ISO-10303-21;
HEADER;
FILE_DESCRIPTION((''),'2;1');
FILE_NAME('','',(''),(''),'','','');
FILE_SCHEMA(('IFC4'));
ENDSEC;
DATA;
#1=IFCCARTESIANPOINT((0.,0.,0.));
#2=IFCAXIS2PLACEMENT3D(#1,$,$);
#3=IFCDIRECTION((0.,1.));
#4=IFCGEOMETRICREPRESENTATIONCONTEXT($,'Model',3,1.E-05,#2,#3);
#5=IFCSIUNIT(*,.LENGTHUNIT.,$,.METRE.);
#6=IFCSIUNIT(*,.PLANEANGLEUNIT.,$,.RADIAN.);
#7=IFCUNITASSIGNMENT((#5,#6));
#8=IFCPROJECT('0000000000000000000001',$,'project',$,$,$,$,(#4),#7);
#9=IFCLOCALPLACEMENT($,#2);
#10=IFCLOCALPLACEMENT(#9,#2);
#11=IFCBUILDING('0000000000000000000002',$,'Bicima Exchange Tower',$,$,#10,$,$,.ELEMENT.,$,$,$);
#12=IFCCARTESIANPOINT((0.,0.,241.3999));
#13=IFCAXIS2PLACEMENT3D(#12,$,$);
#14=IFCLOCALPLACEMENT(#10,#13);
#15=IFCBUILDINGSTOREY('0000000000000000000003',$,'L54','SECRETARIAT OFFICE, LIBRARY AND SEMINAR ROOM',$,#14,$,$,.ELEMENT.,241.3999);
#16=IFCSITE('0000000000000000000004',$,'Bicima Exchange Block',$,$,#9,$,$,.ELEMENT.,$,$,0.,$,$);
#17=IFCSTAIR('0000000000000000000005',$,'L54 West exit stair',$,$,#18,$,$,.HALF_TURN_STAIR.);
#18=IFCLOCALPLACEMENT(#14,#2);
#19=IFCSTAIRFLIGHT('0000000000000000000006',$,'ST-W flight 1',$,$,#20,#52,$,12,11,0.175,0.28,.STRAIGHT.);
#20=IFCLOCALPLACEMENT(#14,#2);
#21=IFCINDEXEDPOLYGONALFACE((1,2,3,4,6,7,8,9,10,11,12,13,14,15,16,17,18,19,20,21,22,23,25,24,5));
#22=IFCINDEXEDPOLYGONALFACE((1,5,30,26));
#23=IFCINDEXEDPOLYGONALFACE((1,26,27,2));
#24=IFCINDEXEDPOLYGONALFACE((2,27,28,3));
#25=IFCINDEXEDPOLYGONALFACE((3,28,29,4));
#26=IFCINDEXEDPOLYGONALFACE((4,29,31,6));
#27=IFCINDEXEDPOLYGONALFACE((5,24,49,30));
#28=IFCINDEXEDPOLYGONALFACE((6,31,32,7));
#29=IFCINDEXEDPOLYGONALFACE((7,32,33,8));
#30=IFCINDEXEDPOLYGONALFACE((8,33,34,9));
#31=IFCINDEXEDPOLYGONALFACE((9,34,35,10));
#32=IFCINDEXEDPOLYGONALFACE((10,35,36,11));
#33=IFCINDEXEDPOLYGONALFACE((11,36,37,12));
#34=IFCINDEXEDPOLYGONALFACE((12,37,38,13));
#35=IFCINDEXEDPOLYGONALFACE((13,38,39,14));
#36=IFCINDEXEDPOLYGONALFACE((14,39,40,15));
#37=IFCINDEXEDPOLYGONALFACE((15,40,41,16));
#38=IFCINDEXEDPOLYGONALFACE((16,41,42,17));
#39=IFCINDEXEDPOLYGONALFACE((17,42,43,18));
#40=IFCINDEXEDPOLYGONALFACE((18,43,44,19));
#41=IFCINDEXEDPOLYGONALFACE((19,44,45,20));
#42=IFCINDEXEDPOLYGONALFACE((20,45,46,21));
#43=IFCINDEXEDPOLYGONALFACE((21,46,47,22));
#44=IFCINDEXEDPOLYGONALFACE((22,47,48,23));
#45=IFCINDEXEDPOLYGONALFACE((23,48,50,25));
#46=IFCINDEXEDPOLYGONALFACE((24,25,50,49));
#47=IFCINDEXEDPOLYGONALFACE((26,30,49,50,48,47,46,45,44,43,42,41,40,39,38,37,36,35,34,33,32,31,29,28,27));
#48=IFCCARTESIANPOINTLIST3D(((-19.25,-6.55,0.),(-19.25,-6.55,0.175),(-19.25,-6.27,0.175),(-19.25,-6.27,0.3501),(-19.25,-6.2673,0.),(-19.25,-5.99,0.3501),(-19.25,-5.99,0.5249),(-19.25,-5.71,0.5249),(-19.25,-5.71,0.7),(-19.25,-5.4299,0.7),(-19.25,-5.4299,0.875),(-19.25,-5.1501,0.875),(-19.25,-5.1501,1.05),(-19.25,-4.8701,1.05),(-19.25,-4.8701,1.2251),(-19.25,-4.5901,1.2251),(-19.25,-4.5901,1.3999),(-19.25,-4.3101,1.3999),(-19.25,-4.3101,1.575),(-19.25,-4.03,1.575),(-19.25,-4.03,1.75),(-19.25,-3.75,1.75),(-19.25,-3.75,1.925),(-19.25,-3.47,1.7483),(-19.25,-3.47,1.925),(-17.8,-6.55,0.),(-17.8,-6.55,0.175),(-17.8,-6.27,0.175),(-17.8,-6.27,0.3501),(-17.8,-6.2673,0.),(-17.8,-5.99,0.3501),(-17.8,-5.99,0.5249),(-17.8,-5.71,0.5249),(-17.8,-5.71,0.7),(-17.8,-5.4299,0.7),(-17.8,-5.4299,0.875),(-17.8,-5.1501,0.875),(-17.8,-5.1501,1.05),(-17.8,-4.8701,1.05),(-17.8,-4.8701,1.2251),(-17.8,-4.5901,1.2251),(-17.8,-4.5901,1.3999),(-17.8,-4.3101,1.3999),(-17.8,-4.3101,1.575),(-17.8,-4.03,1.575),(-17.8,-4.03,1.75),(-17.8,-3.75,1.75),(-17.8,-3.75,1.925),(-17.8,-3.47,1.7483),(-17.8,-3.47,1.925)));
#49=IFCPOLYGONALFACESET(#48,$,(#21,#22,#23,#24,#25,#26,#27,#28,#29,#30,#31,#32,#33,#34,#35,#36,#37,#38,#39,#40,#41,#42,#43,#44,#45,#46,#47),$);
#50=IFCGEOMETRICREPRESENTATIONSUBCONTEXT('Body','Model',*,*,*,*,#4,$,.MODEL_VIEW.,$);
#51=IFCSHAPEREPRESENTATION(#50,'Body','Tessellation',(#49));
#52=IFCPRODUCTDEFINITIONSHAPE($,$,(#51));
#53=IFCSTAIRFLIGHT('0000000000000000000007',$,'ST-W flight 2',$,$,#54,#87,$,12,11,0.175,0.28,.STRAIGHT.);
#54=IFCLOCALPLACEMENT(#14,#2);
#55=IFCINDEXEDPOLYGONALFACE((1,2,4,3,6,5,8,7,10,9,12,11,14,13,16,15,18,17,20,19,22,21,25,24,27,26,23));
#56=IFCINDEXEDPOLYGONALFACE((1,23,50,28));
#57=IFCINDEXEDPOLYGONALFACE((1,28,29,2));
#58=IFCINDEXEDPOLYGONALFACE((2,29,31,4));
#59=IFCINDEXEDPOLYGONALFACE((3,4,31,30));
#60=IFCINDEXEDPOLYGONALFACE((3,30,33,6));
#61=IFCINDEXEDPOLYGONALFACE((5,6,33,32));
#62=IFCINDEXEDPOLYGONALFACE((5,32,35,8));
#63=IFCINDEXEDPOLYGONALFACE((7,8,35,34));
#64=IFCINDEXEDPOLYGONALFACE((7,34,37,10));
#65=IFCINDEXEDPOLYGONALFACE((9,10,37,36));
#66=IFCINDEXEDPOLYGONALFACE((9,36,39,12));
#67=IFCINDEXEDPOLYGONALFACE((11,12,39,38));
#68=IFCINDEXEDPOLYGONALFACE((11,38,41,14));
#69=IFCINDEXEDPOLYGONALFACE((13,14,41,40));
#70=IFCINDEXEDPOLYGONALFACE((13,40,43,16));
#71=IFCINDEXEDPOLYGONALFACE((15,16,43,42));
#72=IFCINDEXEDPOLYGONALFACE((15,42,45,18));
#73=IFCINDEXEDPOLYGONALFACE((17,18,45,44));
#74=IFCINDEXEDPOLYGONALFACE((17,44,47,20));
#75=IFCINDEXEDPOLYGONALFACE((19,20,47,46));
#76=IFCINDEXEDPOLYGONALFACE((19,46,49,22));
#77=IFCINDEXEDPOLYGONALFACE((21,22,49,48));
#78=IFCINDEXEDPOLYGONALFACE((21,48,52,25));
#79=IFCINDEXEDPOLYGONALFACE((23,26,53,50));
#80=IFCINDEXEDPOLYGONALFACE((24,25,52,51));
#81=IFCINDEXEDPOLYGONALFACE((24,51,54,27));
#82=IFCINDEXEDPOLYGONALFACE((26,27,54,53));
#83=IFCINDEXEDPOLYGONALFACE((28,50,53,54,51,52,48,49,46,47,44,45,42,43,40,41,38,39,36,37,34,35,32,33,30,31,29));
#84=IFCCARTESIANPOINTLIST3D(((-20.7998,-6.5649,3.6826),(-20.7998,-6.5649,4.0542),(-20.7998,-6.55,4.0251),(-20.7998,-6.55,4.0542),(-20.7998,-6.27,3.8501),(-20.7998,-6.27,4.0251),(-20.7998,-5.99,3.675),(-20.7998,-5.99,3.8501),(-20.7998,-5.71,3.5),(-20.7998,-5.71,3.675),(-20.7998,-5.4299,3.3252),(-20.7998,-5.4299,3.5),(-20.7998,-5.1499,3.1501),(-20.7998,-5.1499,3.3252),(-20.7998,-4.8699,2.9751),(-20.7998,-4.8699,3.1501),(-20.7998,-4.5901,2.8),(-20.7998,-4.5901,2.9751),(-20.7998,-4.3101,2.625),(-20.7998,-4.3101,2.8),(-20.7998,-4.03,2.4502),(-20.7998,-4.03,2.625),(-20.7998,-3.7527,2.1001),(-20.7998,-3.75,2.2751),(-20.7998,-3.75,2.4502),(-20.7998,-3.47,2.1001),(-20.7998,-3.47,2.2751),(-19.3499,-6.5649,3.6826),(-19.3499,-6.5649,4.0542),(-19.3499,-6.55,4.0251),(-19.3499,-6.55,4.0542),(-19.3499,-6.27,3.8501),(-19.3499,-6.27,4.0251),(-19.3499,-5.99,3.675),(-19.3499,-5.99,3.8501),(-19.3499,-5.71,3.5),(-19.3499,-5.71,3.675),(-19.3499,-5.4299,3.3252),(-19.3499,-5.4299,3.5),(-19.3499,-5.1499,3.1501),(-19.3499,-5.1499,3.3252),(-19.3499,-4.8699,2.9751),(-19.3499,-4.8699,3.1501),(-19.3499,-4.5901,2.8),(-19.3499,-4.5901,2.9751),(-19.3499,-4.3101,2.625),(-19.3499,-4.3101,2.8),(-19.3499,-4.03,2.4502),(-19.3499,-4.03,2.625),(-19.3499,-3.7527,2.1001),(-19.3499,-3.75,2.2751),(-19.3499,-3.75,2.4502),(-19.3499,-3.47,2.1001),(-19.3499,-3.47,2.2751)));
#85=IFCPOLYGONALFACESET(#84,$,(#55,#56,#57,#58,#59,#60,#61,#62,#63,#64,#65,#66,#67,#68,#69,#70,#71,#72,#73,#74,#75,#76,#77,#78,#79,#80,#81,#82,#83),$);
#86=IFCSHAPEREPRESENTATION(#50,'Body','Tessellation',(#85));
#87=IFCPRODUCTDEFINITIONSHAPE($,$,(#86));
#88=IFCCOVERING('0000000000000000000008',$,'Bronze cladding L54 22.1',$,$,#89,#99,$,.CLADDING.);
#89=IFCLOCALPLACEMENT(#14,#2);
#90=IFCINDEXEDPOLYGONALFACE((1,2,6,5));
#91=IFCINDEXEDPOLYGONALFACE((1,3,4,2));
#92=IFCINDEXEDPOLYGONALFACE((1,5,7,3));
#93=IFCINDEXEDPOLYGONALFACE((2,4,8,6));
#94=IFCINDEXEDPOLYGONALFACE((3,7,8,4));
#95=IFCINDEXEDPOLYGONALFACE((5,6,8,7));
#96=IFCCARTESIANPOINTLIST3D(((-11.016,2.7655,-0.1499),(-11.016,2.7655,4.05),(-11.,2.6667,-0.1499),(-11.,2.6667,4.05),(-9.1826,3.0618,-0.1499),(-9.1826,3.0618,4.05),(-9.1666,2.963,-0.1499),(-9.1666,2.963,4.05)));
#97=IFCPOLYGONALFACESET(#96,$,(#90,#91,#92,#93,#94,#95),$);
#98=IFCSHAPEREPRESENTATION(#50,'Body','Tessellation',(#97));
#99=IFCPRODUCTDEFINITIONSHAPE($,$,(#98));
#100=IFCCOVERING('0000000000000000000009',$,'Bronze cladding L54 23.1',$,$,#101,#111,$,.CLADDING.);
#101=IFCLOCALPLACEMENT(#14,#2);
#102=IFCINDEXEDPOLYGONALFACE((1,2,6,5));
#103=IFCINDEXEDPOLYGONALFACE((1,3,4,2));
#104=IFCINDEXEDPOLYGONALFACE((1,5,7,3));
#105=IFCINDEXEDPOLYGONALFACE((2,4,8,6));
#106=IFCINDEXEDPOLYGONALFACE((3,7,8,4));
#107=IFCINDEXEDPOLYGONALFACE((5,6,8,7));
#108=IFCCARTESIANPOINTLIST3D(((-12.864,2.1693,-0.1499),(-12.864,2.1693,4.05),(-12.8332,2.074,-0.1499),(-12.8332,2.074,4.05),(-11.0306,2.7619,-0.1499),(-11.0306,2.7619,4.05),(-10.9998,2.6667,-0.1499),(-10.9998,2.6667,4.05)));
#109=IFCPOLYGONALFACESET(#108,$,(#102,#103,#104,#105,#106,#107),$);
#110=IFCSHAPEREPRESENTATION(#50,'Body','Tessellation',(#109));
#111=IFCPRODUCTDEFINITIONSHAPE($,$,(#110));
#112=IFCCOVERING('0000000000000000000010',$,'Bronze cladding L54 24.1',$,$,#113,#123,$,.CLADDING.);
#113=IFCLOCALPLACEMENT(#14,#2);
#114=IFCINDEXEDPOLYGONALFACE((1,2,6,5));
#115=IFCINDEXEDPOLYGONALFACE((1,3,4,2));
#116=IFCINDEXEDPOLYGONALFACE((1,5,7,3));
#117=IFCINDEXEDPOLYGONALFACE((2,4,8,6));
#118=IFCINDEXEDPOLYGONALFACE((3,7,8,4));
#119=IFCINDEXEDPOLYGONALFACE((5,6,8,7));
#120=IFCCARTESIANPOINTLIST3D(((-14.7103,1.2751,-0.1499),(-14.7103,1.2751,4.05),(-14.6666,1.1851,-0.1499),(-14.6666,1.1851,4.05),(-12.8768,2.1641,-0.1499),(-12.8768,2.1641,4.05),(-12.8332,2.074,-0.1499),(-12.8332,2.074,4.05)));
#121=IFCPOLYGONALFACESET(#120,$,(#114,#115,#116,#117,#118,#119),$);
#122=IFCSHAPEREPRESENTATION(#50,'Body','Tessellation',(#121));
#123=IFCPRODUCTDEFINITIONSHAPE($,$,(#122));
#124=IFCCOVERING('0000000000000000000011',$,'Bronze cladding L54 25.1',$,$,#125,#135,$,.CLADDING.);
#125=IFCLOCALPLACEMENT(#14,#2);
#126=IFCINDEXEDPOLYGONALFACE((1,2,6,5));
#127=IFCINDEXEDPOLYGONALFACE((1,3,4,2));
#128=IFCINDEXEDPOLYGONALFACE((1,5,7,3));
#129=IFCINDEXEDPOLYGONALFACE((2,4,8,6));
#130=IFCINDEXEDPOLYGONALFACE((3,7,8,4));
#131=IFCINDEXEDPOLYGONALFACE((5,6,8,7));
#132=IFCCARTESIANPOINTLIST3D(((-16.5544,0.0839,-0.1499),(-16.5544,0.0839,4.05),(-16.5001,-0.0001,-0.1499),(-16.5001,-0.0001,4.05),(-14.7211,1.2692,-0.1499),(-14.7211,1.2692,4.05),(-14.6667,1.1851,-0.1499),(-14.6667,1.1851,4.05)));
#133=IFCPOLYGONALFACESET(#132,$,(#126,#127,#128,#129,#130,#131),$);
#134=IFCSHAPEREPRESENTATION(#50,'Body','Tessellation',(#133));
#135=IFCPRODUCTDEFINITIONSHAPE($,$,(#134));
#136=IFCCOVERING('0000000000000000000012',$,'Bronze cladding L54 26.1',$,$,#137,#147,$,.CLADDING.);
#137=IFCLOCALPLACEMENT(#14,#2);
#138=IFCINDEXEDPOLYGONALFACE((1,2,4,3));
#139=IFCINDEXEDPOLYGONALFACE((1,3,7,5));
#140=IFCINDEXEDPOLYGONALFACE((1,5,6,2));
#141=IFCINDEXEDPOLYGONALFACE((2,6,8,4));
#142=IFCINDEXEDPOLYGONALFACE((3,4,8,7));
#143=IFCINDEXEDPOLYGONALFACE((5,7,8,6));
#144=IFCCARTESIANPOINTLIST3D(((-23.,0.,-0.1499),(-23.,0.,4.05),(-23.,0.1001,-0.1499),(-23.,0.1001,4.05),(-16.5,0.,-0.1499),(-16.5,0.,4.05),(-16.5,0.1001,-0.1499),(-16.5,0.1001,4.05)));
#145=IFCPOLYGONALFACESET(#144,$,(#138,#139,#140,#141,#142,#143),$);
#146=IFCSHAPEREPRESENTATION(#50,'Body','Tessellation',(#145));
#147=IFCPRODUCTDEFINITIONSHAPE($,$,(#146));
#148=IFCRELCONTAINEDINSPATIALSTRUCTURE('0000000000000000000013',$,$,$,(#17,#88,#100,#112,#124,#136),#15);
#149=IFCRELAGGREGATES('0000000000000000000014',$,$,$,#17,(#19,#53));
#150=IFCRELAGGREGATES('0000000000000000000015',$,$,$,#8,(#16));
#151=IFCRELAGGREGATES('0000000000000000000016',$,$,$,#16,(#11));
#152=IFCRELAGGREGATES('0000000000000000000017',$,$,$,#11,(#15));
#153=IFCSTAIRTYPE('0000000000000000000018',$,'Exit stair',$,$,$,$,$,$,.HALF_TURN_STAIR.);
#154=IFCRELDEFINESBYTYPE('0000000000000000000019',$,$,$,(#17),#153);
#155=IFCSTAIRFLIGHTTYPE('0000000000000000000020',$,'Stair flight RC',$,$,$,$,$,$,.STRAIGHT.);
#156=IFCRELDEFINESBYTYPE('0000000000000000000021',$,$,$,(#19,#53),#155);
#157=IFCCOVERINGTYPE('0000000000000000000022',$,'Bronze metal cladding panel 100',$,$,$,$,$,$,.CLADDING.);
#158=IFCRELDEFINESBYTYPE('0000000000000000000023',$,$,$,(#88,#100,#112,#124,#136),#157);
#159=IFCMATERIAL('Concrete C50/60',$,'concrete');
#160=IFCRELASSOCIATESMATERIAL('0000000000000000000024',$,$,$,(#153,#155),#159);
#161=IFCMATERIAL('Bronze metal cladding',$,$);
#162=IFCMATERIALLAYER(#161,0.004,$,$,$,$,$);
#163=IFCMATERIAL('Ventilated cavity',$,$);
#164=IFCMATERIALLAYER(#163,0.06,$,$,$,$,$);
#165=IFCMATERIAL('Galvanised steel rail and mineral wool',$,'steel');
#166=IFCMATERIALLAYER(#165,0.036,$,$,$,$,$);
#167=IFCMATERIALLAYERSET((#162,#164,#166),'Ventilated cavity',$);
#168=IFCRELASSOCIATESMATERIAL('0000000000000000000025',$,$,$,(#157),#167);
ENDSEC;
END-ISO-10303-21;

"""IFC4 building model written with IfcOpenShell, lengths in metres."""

from ifc_helpers import new_model, si_unit, direction, frame, origin, origin_2d, place, context, subcontext, project, spatial, polyline, rectangle, outline, extrude, material, layer, layer_set, type_object, element, aggregate, save


model = new_model("IFC4")

# Units and contexts
model_context = context("Model", 3, precision=1e-05, world=origin(), true_north=direction((0.0, 1.0)))
body_context = subcontext(model_context, "Body", "Model", "MODEL_VIEW")
ifc_project = project(units=[si_unit("LENGTHUNIT", "METRE"), si_unit("PLANEANGLEUNIT", "RADIAN")], contexts=[model_context])

# Site, building, storey
site_placement = place(None, origin())
site = spatial("IfcSite", under=ifc_project, at=site_placement, Name="Bicima Exchange Block", CompositionType="ELEMENT", RefElevation=0.0)
building_placement = place(site_placement, origin())
building = spatial("IfcBuilding", under=site, at=building_placement, Name="Bicima Exchange Tower", CompositionType="ELEMENT")
storey_placement = place(building_placement, frame((0.0, 0.0, 241.3999)))
storey = spatial("IfcBuildingStorey", under=building, at=storey_placement, Name="L54", Description="SECRETARIAT OFFICE, LIBRARY AND SEMINAR ROOM", CompositionType="ELEMENT", Elevation=241.3999)

# Stair, stair flights
ifc_material_1 = material(Name="Concrete C50/60", Category="concrete")
stair_type = type_object("IfcStairType", Name="Exit stair", PredefinedType="HALF_TURN_STAIR", material=ifc_material_1)
stair_placement = place(storey_placement, origin())
stair = element("IfcStair", 1, at=stair_placement, inside=storey, type_object=stair_type, Name="L54 West exit stair", PredefinedType="HALF_TURN_STAIR")
stair_flight_type = type_object("IfcStairFlightType", Name="Stair flight RC", PredefinedType="STRAIGHT", material=ifc_material_1)
stair_flight_1_placement = place(storey_placement, frame((-18.5249, -6.55, 0.0), z_axis=(0.0, 0.0, 1.0), x_axis=(0.0, 1.0, 0.0)))
stair_flight_1 = element("IfcStairFlight", 2, at=stair_flight_1_placement, type_object=stair_flight_type, Name="ST-W flight 1", NumberOfRisers=12, NumberOfTreads=11, PredefinedType="STRAIGHT", RiserHeight=0.175, TreadLength=0.28, context=body_context, shape_type="SweptSolid", body=[
    extrude(outline(polyline([(0.0, 0.0), (0.0, 0.175), (0.28, 0.175), (0.28, 0.3501), (0.5601, 0.3501), (0.5601, 0.5249), (0.8401, 0.5249), (0.8401, 0.7), (1.1201, 0.7), (1.1201, 0.875), (1.3999, 0.875), (1.3999, 1.05), (1.6799, 1.05), (1.6799, 1.2251), (1.96, 1.2251), (1.96, 1.3999), (2.24, 1.3999), (2.24, 1.575), (2.52, 1.575), (2.52, 1.75), (2.8, 1.75), (2.8, 1.925), (3.0801, 1.925), (3.0801, 2.1001), (3.0801, 1.7483), (0.2827, 0.0), (0.0, 0.0)])), frame((0.0, 0.7251, 0.0), z_axis=(0.0, -1.0, 0.0), x_axis=(1.0, 0.0, 0.0)), (0.0, 0.0, 1.0), 1.45),
])
stair_flight_2_placement = place(storey_placement, frame((-20.075, -3.47, 2.1001), z_axis=(0.0, 0.0, 1.0), x_axis=(0.0, -1.0, 0.0)))
stair_flight_2 = element("IfcStairFlight", 3, at=stair_flight_2_placement, type_object=stair_flight_type, Name="ST-W flight 2", NumberOfRisers=12, NumberOfTreads=11, PredefinedType="STRAIGHT", RiserHeight=0.175, TreadLength=0.28, context=body_context, shape_type="SweptSolid", body=[
    extrude(outline(polyline([(0.0, 0.0), (0.0, 0.175), (0.28, 0.175), (0.28, 0.3501), (0.5601, 0.3501), (0.5601, 0.5249), (0.8401, 0.5249), (0.8401, 0.7), (1.1201, 0.7), (1.1201, 0.875), (1.3999, 0.875), (1.3999, 1.05), (1.6799, 1.05), (1.6799, 1.2251), (1.96, 1.2251), (1.96, 1.3999), (2.24, 1.3999), (2.24, 1.575), (2.52, 1.575), (2.52, 1.75), (2.8, 1.75), (2.8, 1.925), (3.0801, 1.925), (3.0801, 1.9541), (3.095, 1.9541), (3.095, 1.5825), (0.2827, 0.0), (0.0, 0.0)])), frame((0.0, 0.7251, 0.0), z_axis=(0.0, -1.0, 0.0), x_axis=(1.0, 0.0, 0.0)), (0.0, 0.0, 1.0), 1.45),
])
aggregate(stair, [stair_flight_1, stair_flight_2])

# Coverings
ifc_material_2 = material(Name="Bronze metal cladding")
ifc_layer_1 = layer(ifc_material_2, 0.004)
ifc_material_3 = material(Name="Ventilated cavity")
ifc_layer_2 = layer(ifc_material_3, 0.06)
ifc_material_4 = material(Name="Galvanised steel rail and mineral wool", Category="steel")
ifc_layer_3 = layer(ifc_material_4, 0.036)
ifc_layer_set_1 = layer_set([ifc_layer_1, ifc_layer_2, ifc_layer_3], Name="Ventilated cavity")
covering_type = type_object("IfcCoveringType", Name="Bronze metal cladding panel 100", PredefinedType="CLADDING", material=ifc_layer_set_1)
covering_1_placement = place(storey_placement, frame((-10.0913, 2.8643, -0.1499), z_axis=(0.0, 0.0, 1.0), x_axis=(-0.98719, -0.15955, 0.0)))
element("IfcCovering", 4, at=covering_1_placement, inside=storey, type_object=covering_type, Name="Bronze cladding L54 22.1", PredefinedType="CLADDING", context=body_context, shape_type="SweptSolid", body=[
    extrude(rectangle(XDim=1.8572, YDim=0.1001, at=origin_2d()), origin(), (0.0, 0.0, 1.0), 4.2),
])
covering_2_placement = place(storey_placement, frame((-11.9319, 2.418, -0.1499), z_axis=(0.0, 0.0, 1.0), x_axis=(-0.951525, -0.307573, 0.0)))
element("IfcCovering", 5, at=covering_2_placement, inside=storey, type_object=covering_type, Name="Bronze cladding L54 23.1", PredefinedType="CLADDING", context=body_context, shape_type="SweptSolid", body=[
    extrude(rectangle(XDim=1.9268, YDim=0.1001, at=origin_2d()), origin(), (0.0, 0.0, 1.0), 4.2),
])
covering_3_placement = place(storey_placement, frame((-13.7717, 1.6746, -0.1499), z_axis=(0.0, 0.0, 1.0), x_axis=(-0.899818, -0.436265, 0.0)))
element("IfcCovering", 6, at=covering_3_placement, inside=storey, type_object=covering_type, Name="Bronze cladding L54 24.1", PredefinedType="CLADDING", context=body_context, shape_type="SweptSolid", body=[
    extrude(rectangle(XDim=2.0376, YDim=0.1001, at=origin_2d()), origin(), (0.0, 0.0, 1.0), 4.2),
])
covering_4_placement = place(storey_placement, frame((-15.6106, 0.6345, -0.1499), z_axis=(0.0, 0.0, 1.0), x_axis=(-0.83979, -0.542911, 0.0)))
element("IfcCovering", 7, at=covering_4_placement, inside=storey, type_object=covering_type, Name="Bronze cladding L54 25.1", PredefinedType="CLADDING", context=body_context, shape_type="SweptSolid", body=[
    extrude(rectangle(XDim=2.1831, YDim=0.1001, at=origin_2d()), origin(), (0.0, 0.0, 1.0), 4.2),
])
covering_5_placement = place(storey_placement, frame((-19.75, 0.05, -0.1499), z_axis=(0.0, 0.0, 1.0), x_axis=(-1.0, 0.0, 0.0)))
element("IfcCovering", 8, at=covering_5_placement, inside=storey, type_object=covering_type, Name="Bronze cladding L54 26.1", PredefinedType="CLADDING", context=body_context, shape_type="SweptSolid", body=[
    extrude(rectangle(XDim=6.5, YDim=0.1001, at=origin_2d()), origin(), (0.0, 0.0, 1.0), 4.2),
])

save(model, "model.ifc")
